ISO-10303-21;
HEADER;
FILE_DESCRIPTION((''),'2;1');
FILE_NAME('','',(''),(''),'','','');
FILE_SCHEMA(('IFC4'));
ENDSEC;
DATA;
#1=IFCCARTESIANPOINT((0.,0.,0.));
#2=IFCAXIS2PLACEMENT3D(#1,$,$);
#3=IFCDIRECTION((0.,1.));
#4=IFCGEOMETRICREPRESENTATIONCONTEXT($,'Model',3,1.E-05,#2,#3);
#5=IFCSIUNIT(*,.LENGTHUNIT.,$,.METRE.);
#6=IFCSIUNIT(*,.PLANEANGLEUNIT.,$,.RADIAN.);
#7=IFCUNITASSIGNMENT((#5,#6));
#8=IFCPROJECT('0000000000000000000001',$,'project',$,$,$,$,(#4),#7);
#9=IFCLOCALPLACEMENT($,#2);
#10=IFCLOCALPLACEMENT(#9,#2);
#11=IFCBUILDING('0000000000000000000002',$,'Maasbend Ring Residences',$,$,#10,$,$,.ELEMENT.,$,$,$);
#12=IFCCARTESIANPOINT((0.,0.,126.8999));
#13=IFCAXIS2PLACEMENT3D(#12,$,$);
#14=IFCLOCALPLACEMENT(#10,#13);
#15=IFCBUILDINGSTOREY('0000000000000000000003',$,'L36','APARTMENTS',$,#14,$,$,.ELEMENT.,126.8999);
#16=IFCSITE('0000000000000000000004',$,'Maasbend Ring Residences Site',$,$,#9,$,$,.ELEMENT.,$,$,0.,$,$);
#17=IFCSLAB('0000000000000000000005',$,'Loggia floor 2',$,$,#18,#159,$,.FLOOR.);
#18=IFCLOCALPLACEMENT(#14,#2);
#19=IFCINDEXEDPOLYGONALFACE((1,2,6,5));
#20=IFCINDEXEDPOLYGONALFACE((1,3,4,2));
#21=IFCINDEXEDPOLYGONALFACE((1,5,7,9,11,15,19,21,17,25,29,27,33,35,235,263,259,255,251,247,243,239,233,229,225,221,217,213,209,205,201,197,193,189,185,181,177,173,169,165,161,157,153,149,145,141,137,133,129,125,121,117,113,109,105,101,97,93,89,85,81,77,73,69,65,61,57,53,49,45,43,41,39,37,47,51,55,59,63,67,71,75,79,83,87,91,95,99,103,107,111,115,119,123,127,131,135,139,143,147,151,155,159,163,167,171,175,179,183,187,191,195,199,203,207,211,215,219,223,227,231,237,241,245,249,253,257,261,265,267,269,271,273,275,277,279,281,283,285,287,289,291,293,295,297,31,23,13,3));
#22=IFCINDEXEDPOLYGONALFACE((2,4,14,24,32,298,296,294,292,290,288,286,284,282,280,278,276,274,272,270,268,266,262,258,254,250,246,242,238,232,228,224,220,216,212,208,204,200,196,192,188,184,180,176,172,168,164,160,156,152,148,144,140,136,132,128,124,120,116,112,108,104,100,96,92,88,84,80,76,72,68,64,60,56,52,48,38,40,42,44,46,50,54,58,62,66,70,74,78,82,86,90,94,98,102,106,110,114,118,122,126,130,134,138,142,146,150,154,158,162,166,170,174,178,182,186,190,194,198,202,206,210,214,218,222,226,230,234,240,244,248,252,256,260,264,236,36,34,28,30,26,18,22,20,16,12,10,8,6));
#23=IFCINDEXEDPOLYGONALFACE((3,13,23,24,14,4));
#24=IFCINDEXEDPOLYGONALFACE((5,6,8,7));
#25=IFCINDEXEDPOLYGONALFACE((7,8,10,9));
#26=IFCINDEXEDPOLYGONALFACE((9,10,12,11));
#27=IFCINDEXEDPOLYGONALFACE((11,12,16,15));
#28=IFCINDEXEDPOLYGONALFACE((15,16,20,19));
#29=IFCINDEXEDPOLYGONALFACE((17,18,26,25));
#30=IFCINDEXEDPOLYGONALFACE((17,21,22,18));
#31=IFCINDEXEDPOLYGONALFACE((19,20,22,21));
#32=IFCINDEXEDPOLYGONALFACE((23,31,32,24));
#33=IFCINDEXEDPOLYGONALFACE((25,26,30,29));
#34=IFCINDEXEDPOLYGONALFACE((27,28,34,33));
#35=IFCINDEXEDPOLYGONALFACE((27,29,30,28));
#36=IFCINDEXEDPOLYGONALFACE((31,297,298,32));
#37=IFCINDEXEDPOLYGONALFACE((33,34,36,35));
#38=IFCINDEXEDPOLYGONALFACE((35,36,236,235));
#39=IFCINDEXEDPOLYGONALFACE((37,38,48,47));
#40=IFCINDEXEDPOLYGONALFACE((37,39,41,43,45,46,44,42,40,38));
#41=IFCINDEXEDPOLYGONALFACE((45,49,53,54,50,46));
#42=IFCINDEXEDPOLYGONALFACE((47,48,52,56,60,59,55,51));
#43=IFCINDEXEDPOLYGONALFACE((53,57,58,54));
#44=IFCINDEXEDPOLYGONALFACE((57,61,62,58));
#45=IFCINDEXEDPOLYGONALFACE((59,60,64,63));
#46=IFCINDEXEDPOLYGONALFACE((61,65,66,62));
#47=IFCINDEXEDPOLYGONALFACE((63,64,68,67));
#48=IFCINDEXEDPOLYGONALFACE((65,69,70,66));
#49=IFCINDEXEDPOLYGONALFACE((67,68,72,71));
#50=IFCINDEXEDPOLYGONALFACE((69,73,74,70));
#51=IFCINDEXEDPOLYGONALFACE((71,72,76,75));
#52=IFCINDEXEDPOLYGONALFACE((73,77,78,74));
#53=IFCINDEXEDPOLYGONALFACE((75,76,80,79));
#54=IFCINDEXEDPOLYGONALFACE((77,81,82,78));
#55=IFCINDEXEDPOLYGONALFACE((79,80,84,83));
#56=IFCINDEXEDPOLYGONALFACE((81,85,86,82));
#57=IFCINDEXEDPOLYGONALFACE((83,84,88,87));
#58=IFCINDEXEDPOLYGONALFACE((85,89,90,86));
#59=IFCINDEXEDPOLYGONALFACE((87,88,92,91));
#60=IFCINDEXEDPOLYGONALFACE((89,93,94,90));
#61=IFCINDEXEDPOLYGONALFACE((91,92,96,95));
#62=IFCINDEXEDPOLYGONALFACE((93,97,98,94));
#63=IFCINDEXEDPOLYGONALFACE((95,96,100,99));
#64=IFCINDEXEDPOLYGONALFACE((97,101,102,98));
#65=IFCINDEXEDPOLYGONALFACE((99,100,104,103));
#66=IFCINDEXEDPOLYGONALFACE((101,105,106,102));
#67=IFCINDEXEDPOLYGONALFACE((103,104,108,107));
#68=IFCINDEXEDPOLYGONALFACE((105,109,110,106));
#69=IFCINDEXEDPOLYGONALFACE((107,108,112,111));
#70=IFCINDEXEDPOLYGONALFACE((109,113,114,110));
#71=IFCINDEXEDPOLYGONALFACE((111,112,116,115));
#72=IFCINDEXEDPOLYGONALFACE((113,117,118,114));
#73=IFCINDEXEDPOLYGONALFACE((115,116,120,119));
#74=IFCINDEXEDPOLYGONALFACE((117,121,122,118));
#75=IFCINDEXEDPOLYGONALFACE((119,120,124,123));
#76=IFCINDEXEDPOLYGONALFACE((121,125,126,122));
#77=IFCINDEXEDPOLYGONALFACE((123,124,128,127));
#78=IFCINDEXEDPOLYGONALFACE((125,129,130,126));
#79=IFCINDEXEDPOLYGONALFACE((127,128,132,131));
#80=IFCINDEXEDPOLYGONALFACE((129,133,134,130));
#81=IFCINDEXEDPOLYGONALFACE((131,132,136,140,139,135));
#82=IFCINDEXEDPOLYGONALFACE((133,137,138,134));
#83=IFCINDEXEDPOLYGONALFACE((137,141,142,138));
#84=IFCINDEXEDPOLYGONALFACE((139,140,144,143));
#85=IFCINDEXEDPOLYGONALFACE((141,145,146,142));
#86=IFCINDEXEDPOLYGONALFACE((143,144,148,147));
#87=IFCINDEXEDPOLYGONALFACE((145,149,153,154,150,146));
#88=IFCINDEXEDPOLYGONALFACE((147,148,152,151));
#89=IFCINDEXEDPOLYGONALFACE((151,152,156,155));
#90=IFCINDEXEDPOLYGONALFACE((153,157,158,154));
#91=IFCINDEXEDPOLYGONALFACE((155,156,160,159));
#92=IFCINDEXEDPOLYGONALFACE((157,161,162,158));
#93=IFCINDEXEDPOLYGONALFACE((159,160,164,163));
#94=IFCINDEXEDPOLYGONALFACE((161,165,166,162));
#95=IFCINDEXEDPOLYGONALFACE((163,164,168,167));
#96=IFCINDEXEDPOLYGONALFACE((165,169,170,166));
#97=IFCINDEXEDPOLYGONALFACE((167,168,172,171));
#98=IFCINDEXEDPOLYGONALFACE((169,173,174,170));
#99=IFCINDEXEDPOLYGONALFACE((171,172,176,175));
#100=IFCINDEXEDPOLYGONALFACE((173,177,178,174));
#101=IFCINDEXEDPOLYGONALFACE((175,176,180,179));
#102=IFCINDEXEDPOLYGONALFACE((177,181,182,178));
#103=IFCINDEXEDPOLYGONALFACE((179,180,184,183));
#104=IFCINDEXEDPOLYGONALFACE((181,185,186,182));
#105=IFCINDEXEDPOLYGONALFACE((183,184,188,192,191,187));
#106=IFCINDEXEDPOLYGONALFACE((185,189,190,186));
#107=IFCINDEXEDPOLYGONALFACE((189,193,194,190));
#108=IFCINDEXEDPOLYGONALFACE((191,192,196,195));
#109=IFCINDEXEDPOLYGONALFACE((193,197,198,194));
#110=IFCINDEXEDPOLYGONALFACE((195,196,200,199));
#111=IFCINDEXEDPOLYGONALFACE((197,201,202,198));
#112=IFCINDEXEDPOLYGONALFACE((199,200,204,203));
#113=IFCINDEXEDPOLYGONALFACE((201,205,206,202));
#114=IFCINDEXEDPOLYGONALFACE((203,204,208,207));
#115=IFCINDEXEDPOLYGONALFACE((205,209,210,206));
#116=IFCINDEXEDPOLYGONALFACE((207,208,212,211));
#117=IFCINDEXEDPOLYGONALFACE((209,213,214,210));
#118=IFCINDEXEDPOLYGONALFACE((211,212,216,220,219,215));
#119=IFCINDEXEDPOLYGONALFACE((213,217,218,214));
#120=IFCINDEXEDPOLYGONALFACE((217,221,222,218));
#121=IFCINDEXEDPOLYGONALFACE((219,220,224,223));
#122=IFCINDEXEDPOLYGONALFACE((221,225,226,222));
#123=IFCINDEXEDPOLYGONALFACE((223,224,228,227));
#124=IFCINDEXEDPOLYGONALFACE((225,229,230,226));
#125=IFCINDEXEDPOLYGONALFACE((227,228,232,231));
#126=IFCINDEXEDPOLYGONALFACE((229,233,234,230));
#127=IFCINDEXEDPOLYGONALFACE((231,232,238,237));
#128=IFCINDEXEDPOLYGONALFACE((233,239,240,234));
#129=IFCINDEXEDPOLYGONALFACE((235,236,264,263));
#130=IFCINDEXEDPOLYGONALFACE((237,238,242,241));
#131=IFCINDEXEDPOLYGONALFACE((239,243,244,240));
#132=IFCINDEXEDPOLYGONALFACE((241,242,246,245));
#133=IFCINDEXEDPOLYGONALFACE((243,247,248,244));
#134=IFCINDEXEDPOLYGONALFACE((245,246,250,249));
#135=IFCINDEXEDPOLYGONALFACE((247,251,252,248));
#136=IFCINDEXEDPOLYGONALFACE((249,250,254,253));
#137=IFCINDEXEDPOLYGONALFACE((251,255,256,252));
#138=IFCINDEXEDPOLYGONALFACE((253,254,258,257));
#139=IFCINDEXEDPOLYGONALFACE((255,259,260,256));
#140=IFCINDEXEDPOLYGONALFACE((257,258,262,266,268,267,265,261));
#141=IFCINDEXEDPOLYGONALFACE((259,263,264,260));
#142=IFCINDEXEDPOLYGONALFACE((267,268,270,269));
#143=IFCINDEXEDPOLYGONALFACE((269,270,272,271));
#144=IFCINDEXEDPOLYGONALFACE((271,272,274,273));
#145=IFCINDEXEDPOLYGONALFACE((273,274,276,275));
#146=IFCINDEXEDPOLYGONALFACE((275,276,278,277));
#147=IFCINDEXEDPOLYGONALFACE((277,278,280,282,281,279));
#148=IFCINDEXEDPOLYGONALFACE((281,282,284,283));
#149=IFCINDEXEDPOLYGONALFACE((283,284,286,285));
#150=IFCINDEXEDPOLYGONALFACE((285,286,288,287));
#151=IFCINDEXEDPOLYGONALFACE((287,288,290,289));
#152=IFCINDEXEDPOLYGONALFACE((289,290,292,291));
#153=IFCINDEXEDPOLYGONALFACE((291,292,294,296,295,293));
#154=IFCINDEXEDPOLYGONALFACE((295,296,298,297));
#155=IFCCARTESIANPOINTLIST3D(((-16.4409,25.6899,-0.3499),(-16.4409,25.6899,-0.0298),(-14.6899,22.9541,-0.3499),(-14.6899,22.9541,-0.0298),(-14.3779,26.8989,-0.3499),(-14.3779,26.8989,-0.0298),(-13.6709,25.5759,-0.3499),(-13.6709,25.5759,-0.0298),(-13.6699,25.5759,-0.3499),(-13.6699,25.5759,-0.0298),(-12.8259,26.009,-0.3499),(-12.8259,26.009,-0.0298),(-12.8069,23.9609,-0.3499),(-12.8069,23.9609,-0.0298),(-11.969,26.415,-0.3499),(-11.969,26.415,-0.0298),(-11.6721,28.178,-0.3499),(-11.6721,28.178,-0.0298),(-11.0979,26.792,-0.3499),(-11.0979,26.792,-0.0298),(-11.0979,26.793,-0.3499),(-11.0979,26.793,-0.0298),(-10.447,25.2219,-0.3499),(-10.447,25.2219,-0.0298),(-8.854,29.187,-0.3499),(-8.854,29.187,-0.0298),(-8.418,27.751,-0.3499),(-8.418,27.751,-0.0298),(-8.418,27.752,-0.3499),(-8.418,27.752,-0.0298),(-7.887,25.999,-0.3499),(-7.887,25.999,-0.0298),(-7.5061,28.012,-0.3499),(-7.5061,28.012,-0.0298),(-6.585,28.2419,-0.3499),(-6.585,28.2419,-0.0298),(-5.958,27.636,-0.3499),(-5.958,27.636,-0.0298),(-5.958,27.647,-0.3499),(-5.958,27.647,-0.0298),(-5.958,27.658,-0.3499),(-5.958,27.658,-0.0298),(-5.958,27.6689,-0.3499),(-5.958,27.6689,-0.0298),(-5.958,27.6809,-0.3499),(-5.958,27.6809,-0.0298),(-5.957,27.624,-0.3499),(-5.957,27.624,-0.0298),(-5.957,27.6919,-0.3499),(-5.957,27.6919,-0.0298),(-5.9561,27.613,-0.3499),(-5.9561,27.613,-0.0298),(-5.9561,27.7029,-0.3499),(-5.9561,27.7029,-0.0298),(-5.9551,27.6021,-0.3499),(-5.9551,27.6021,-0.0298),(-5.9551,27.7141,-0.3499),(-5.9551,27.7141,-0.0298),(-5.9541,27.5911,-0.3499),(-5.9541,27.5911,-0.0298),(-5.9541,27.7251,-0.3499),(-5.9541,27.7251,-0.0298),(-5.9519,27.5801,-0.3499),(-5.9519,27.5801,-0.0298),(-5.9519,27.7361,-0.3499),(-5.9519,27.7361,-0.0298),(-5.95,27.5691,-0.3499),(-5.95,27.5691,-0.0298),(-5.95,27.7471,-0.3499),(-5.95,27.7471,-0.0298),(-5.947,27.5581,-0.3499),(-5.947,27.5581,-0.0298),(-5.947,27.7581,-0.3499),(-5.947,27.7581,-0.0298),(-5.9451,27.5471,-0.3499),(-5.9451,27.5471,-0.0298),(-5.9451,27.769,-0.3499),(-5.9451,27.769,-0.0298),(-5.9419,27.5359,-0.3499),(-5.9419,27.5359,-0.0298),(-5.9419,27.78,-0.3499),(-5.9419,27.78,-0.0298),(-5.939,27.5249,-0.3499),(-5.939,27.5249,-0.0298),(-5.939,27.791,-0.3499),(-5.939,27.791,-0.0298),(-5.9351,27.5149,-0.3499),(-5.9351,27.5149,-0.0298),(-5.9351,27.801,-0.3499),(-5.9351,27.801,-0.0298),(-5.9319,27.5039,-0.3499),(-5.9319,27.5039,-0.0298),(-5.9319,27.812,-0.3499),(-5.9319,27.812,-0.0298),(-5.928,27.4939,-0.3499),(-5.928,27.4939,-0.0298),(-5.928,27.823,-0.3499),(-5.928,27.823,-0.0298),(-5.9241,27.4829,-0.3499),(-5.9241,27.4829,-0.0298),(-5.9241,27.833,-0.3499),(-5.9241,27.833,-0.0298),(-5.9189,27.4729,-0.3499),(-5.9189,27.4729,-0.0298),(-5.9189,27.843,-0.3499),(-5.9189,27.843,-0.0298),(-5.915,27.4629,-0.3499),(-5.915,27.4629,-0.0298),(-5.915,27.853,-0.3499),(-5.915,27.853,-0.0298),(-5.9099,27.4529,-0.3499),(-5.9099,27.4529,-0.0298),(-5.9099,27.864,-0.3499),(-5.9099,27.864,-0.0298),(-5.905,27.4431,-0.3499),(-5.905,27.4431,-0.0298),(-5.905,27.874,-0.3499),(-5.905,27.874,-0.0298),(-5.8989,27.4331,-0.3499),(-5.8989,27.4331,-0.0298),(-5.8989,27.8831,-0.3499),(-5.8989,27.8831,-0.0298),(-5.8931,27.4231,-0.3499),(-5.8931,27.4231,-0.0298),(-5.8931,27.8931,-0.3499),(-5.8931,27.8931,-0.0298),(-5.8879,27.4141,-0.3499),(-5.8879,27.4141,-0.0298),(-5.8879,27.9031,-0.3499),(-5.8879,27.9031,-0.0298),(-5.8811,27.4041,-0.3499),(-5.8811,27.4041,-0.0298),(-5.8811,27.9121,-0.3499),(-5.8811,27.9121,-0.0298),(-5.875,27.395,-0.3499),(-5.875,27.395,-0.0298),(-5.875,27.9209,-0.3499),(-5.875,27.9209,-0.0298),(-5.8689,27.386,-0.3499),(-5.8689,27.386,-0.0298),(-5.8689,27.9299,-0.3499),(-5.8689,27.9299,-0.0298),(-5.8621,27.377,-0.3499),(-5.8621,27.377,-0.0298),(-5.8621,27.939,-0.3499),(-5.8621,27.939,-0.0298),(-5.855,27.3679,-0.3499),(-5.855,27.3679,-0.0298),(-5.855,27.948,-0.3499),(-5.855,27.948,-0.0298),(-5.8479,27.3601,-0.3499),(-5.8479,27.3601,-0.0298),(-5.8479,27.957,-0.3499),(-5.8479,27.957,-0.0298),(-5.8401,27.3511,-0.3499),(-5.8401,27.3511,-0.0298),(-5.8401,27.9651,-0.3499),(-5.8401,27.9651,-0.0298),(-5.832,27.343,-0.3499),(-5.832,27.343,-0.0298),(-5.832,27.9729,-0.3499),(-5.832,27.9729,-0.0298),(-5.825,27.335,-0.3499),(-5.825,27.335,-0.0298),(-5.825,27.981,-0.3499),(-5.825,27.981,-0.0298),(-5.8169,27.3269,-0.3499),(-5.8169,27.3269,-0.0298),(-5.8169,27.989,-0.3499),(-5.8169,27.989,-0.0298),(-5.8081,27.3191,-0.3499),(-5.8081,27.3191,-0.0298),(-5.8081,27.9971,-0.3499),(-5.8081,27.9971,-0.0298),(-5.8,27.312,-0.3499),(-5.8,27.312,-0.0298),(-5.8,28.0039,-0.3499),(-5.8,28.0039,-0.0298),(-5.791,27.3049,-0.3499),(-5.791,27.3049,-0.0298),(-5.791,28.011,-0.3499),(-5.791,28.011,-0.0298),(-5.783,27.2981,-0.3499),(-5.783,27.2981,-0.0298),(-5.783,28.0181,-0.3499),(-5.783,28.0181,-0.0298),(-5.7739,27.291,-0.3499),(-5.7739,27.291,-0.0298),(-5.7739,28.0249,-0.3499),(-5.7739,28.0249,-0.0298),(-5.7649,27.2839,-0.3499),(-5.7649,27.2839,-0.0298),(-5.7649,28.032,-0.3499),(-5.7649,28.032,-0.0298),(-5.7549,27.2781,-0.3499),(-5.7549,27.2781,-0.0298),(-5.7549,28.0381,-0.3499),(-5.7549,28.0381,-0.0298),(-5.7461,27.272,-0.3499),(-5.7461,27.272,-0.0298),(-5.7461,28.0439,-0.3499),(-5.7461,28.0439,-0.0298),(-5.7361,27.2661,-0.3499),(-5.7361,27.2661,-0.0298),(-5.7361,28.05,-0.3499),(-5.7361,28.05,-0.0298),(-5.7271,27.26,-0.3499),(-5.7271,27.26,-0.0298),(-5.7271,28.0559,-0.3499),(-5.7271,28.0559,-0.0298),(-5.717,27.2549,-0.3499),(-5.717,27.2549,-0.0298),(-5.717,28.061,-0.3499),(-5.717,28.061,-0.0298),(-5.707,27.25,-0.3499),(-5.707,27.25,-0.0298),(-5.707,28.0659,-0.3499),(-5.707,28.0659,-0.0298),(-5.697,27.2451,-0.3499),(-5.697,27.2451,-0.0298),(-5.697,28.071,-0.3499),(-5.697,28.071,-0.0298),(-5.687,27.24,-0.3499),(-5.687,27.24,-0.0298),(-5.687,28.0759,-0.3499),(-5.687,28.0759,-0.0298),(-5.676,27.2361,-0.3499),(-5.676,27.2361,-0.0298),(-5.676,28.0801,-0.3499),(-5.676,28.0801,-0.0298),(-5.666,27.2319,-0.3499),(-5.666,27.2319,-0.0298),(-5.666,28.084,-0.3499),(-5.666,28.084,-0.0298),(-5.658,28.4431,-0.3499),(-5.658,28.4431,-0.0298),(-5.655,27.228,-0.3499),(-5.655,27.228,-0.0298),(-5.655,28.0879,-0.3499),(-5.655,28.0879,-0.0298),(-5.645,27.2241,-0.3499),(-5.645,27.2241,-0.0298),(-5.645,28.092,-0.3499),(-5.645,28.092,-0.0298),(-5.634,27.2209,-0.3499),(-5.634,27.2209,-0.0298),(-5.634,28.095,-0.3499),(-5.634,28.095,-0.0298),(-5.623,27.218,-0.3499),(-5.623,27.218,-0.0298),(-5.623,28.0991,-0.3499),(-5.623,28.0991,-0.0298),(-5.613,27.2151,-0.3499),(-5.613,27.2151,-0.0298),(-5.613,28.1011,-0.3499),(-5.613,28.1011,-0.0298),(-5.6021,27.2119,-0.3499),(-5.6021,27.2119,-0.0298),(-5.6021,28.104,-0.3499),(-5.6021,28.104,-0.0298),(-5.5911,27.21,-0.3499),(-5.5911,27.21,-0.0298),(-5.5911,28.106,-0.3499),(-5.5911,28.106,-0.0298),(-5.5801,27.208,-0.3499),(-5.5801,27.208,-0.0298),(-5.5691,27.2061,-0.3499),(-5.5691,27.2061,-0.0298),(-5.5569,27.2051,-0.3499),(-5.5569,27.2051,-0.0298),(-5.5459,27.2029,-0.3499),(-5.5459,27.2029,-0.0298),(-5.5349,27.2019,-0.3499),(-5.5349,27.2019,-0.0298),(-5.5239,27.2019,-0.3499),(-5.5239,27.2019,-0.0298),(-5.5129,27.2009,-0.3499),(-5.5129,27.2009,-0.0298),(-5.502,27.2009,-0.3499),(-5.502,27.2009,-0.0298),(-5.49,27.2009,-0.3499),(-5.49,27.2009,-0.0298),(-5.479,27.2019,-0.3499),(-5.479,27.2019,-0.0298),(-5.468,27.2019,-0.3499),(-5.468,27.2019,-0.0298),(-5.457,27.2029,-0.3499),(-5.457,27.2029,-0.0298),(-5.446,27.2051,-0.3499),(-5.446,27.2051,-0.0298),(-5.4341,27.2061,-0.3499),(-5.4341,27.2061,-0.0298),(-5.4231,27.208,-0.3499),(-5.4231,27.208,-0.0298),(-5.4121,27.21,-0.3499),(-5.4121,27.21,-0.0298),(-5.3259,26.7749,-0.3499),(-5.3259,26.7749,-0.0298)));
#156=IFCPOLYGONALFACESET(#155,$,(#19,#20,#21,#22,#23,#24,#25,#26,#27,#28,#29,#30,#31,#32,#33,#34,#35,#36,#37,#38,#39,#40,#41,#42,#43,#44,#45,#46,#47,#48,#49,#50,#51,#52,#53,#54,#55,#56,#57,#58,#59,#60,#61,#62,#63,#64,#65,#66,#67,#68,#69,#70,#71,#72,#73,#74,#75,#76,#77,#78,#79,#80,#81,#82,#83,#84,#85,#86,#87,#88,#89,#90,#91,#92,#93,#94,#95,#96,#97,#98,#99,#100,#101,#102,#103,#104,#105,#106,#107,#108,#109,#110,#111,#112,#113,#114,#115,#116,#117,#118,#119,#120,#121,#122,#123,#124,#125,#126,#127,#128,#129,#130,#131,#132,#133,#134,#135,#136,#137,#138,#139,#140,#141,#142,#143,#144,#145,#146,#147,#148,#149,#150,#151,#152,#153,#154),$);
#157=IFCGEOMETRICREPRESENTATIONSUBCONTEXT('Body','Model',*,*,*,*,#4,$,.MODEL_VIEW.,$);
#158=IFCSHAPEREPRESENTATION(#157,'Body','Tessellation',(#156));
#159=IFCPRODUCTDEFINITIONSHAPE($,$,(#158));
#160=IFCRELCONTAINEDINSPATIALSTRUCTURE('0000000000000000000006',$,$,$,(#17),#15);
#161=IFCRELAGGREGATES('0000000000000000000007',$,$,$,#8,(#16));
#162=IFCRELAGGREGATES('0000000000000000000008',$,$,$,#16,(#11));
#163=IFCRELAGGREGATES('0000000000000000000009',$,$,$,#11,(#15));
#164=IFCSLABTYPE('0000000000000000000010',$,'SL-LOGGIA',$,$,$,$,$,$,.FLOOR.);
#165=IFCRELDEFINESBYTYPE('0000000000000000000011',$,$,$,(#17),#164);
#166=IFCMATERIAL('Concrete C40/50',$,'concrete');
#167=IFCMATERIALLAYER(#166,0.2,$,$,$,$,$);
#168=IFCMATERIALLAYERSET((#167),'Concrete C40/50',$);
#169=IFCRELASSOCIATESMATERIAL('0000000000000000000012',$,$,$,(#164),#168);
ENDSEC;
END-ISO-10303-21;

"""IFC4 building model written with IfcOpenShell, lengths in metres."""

from ifc_helpers import new_model, si_unit, direction, frame, origin, place, context, subcontext, project, spatial, polyline, outline, extrude, material, layer, layer_set, type_object, element, save


model = new_model("IFC4")

# Units and contexts
model_context = context("Model", 3, precision=1e-05, world=origin(), true_north=direction((0.0, 1.0)))
body_context = subcontext(model_context, "Body", "Model", "MODEL_VIEW")
ifc_project = project(units=[si_unit("LENGTHUNIT", "METRE"), si_unit("PLANEANGLEUNIT", "RADIAN")], contexts=[model_context])

# Site, building, storey
site_placement = place(None, origin())
site = spatial("IfcSite", under=ifc_project, at=site_placement, Name="Maasbend Ring Residences Site", CompositionType="ELEMENT", RefElevation=0.0)
building_placement = place(site_placement, origin())
building = spatial("IfcBuilding", under=site, at=building_placement, Name="Maasbend Ring Residences", CompositionType="ELEMENT")
storey_placement = place(building_placement, frame((0.0, 0.0, 126.8999)))
storey = spatial("IfcBuildingStorey", under=building, at=storey_placement, Name="L36", Description="APARTMENTS", CompositionType="ELEMENT", Elevation=126.8999)

# Slab
ifc_material_1 = material(Name="Concrete C40/50", Category="concrete")
ifc_layer_1 = layer(ifc_material_1, 0.2)
ifc_layer_set_1 = layer_set([ifc_layer_1], Name="Concrete C40/50")
slab_type_1 = type_object("IfcSlabType", Name="SL-LOGGIA", PredefinedType="FLOOR", material=ifc_layer_set_1)
slab_1_placement = place(storey_placement, frame((0.0, 0.0, -0.3499)))
element("IfcSlab", 1, at=slab_1_placement, inside=storey, type_object=slab_type_1, Name="Loggia floor 2", PredefinedType="FLOOR", context=body_context, shape_type="SweptSolid", body=[
    extrude(outline(polyline([(-13.6709, 25.5759), (-13.6709, 25.5759), (-13.6709, 25.5759), (-13.6709, 25.5759), (-13.6709, 25.5759), (-13.6709, 25.5759), (-13.6709, 25.5759), (-13.6699, 25.5759), (-13.6699, 25.5759), (-13.6699, 25.5759), (-13.6699, 25.5759), (-13.6699, 25.5759), (-13.6699, 25.5759), (-13.6699, 25.5759), (-13.6699, 25.5759), (-13.6699, 25.5759), (-13.6699, 25.5759), (-12.8259, 26.009), (-12.8259, 26.009), (-11.969, 26.415), (-11.969, 26.415), (-11.0979, 26.792), (-11.0979, 26.792), (-11.0979, 26.792), (-11.0979, 26.792), (-11.0979, 26.792), (-11.0979, 26.792), (-11.0979, 26.792), (-11.0979, 26.793), (-11.0979, 26.793), (-11.0979, 26.793), (-11.0979, 26.793), (-11.0979, 26.793), (-11.0979, 26.793), (-11.0979, 26.793), (-11.0979, 26.793), (-11.0979, 26.793), (-11.0979, 26.793), (-11.6721, 28.178), (-11.6721, 28.178), (-11.6721, 28.178), (-8.854, 29.187), (-8.854, 29.187), (-8.854, 29.187), (-8.418, 27.752), (-8.418, 27.752), (-8.418, 27.752), (-8.418, 27.752), (-8.418, 27.752), (-8.418, 27.752), (-8.418, 27.752), (-8.418, 27.751), (-8.418, 27.751), (-8.418, 27.751), (-8.418, 27.751), (-8.418, 27.751), (-8.418, 27.751), (-8.418, 27.751), (-8.418, 27.751), (-8.418, 27.751), (-8.418, 27.751), (-7.5061, 28.012), (-7.5061, 28.012), (-6.585, 28.2419), (-6.585, 28.2419), (-5.658, 28.4431), (-5.658, 28.4431), (-5.658, 28.4431), (-5.5911, 28.106), (-5.6021, 28.104), (-5.613, 28.1011), (-5.623, 28.0991), (-5.634, 28.095), (-5.645, 28.092), (-5.655, 28.0879), (-5.666, 28.084), (-5.676, 28.0801), (-5.687, 28.0759), (-5.697, 28.071), (-5.707, 28.0659), (-5.717, 28.061), (-5.7271, 28.0559), (-5.7361, 28.05), (-5.7461, 28.0439), (-5.7549, 28.0381), (-5.7649, 28.032), (-5.7739, 28.0249), (-5.783, 28.0181), (-5.791, 28.011), (-5.8, 28.0039), (-5.8081, 27.9971), (-5.8169, 27.989), (-5.825, 27.981), (-5.832, 27.9729), (-5.8401, 27.9651), (-5.8479, 27.957), (-5.855, 27.948), (-5.8621, 27.939), (-5.8689, 27.9299), (-5.875, 27.9209), (-5.8811, 27.9121), (-5.8879, 27.9031), (-5.8931, 27.8931), (-5.8989, 27.8831), (-5.905, 27.874), (-5.9099, 27.864), (-5.915, 27.853), (-5.9189, 27.843), (-5.9241, 27.833), (-5.928, 27.823), (-5.9319, 27.812), (-5.9351, 27.801), (-5.939, 27.791), (-5.9419, 27.78), (-5.9451, 27.769), (-5.947, 27.7581), (-5.95, 27.7471), (-5.9519, 27.7361), (-5.9541, 27.7251), (-5.9551, 27.7141), (-5.9561, 27.7029), (-5.957, 27.6919), (-5.958, 27.6809), (-5.958, 27.6689), (-5.958, 27.658), (-5.958, 27.647), (-5.958, 27.636), (-5.957, 27.624), (-5.9561, 27.613), (-5.9551, 27.6021), (-5.9541, 27.5911), (-5.9519, 27.5801), (-5.95, 27.5691), (-5.947, 27.5581), (-5.9451, 27.5471), (-5.9419, 27.5359), (-5.939, 27.5249), (-5.9351, 27.5149), (-5.9319, 27.5039), (-5.928, 27.4939), (-5.9241, 27.4829), (-5.9189, 27.4729), (-5.915, 27.4629), (-5.9099, 27.4529), (-5.905, 27.4431), (-5.8989, 27.4331), (-5.8931, 27.4231), (-5.8879, 27.4141), (-5.8811, 27.4041), (-5.875, 27.395), (-5.8689, 27.386), (-5.8621, 27.377), (-5.855, 27.3679), (-5.8479, 27.3601), (-5.8401, 27.3511), (-5.832, 27.343), (-5.825, 27.335), (-5.8169, 27.3269), (-5.8081, 27.3191), (-5.8, 27.312), (-5.791, 27.3049), (-5.783, 27.2981), (-5.7739, 27.291), (-5.7649, 27.2839), (-5.7549, 27.2781), (-5.7461, 27.272), (-5.7361, 27.2661), (-5.7271, 27.26), (-5.717, 27.2549), (-5.707, 27.25), (-5.697, 27.2451), (-5.687, 27.24), (-5.676, 27.2361), (-5.666, 27.2319), (-5.655, 27.228), (-5.645, 27.2241), (-5.634, 27.2209), (-5.623, 27.218), (-5.613, 27.2151), (-5.6021, 27.2119), (-5.5911, 27.21), (-5.5801, 27.208), (-5.5691, 27.2061), (-5.5569, 27.2051), (-5.5459, 27.2029), (-5.5349, 27.2019), (-5.5239, 27.2019), (-5.5129, 27.2009), (-5.502, 27.2009), (-5.49, 27.2009), (-5.479, 27.2019), (-5.468, 27.2019), (-5.457, 27.2029), (-5.446, 27.2051), (-5.4341, 27.2061), (-5.4231, 27.208), (-5.4121, 27.21), (-5.3259, 26.7749), (-5.3259, 26.7749), (-5.3259, 26.7749), (-7.887, 25.999), (-10.447, 25.2219), (-10.447, 25.2219), (-10.447, 25.2219), (-12.8069, 23.9609), (-14.6899, 22.9541), (-14.6899, 22.9541), (-14.6899, 22.9541), (-16.4409, 25.6899), (-16.4409, 25.6899), (-16.4409, 25.6899), (-14.3779, 26.8989), (-14.3779, 26.8989), (-14.3779, 26.8989), (-13.6709, 25.5759)])), origin(), (0.0, 0.0, 1.0), 0.3201),
])

save(model, "model.ifc")
